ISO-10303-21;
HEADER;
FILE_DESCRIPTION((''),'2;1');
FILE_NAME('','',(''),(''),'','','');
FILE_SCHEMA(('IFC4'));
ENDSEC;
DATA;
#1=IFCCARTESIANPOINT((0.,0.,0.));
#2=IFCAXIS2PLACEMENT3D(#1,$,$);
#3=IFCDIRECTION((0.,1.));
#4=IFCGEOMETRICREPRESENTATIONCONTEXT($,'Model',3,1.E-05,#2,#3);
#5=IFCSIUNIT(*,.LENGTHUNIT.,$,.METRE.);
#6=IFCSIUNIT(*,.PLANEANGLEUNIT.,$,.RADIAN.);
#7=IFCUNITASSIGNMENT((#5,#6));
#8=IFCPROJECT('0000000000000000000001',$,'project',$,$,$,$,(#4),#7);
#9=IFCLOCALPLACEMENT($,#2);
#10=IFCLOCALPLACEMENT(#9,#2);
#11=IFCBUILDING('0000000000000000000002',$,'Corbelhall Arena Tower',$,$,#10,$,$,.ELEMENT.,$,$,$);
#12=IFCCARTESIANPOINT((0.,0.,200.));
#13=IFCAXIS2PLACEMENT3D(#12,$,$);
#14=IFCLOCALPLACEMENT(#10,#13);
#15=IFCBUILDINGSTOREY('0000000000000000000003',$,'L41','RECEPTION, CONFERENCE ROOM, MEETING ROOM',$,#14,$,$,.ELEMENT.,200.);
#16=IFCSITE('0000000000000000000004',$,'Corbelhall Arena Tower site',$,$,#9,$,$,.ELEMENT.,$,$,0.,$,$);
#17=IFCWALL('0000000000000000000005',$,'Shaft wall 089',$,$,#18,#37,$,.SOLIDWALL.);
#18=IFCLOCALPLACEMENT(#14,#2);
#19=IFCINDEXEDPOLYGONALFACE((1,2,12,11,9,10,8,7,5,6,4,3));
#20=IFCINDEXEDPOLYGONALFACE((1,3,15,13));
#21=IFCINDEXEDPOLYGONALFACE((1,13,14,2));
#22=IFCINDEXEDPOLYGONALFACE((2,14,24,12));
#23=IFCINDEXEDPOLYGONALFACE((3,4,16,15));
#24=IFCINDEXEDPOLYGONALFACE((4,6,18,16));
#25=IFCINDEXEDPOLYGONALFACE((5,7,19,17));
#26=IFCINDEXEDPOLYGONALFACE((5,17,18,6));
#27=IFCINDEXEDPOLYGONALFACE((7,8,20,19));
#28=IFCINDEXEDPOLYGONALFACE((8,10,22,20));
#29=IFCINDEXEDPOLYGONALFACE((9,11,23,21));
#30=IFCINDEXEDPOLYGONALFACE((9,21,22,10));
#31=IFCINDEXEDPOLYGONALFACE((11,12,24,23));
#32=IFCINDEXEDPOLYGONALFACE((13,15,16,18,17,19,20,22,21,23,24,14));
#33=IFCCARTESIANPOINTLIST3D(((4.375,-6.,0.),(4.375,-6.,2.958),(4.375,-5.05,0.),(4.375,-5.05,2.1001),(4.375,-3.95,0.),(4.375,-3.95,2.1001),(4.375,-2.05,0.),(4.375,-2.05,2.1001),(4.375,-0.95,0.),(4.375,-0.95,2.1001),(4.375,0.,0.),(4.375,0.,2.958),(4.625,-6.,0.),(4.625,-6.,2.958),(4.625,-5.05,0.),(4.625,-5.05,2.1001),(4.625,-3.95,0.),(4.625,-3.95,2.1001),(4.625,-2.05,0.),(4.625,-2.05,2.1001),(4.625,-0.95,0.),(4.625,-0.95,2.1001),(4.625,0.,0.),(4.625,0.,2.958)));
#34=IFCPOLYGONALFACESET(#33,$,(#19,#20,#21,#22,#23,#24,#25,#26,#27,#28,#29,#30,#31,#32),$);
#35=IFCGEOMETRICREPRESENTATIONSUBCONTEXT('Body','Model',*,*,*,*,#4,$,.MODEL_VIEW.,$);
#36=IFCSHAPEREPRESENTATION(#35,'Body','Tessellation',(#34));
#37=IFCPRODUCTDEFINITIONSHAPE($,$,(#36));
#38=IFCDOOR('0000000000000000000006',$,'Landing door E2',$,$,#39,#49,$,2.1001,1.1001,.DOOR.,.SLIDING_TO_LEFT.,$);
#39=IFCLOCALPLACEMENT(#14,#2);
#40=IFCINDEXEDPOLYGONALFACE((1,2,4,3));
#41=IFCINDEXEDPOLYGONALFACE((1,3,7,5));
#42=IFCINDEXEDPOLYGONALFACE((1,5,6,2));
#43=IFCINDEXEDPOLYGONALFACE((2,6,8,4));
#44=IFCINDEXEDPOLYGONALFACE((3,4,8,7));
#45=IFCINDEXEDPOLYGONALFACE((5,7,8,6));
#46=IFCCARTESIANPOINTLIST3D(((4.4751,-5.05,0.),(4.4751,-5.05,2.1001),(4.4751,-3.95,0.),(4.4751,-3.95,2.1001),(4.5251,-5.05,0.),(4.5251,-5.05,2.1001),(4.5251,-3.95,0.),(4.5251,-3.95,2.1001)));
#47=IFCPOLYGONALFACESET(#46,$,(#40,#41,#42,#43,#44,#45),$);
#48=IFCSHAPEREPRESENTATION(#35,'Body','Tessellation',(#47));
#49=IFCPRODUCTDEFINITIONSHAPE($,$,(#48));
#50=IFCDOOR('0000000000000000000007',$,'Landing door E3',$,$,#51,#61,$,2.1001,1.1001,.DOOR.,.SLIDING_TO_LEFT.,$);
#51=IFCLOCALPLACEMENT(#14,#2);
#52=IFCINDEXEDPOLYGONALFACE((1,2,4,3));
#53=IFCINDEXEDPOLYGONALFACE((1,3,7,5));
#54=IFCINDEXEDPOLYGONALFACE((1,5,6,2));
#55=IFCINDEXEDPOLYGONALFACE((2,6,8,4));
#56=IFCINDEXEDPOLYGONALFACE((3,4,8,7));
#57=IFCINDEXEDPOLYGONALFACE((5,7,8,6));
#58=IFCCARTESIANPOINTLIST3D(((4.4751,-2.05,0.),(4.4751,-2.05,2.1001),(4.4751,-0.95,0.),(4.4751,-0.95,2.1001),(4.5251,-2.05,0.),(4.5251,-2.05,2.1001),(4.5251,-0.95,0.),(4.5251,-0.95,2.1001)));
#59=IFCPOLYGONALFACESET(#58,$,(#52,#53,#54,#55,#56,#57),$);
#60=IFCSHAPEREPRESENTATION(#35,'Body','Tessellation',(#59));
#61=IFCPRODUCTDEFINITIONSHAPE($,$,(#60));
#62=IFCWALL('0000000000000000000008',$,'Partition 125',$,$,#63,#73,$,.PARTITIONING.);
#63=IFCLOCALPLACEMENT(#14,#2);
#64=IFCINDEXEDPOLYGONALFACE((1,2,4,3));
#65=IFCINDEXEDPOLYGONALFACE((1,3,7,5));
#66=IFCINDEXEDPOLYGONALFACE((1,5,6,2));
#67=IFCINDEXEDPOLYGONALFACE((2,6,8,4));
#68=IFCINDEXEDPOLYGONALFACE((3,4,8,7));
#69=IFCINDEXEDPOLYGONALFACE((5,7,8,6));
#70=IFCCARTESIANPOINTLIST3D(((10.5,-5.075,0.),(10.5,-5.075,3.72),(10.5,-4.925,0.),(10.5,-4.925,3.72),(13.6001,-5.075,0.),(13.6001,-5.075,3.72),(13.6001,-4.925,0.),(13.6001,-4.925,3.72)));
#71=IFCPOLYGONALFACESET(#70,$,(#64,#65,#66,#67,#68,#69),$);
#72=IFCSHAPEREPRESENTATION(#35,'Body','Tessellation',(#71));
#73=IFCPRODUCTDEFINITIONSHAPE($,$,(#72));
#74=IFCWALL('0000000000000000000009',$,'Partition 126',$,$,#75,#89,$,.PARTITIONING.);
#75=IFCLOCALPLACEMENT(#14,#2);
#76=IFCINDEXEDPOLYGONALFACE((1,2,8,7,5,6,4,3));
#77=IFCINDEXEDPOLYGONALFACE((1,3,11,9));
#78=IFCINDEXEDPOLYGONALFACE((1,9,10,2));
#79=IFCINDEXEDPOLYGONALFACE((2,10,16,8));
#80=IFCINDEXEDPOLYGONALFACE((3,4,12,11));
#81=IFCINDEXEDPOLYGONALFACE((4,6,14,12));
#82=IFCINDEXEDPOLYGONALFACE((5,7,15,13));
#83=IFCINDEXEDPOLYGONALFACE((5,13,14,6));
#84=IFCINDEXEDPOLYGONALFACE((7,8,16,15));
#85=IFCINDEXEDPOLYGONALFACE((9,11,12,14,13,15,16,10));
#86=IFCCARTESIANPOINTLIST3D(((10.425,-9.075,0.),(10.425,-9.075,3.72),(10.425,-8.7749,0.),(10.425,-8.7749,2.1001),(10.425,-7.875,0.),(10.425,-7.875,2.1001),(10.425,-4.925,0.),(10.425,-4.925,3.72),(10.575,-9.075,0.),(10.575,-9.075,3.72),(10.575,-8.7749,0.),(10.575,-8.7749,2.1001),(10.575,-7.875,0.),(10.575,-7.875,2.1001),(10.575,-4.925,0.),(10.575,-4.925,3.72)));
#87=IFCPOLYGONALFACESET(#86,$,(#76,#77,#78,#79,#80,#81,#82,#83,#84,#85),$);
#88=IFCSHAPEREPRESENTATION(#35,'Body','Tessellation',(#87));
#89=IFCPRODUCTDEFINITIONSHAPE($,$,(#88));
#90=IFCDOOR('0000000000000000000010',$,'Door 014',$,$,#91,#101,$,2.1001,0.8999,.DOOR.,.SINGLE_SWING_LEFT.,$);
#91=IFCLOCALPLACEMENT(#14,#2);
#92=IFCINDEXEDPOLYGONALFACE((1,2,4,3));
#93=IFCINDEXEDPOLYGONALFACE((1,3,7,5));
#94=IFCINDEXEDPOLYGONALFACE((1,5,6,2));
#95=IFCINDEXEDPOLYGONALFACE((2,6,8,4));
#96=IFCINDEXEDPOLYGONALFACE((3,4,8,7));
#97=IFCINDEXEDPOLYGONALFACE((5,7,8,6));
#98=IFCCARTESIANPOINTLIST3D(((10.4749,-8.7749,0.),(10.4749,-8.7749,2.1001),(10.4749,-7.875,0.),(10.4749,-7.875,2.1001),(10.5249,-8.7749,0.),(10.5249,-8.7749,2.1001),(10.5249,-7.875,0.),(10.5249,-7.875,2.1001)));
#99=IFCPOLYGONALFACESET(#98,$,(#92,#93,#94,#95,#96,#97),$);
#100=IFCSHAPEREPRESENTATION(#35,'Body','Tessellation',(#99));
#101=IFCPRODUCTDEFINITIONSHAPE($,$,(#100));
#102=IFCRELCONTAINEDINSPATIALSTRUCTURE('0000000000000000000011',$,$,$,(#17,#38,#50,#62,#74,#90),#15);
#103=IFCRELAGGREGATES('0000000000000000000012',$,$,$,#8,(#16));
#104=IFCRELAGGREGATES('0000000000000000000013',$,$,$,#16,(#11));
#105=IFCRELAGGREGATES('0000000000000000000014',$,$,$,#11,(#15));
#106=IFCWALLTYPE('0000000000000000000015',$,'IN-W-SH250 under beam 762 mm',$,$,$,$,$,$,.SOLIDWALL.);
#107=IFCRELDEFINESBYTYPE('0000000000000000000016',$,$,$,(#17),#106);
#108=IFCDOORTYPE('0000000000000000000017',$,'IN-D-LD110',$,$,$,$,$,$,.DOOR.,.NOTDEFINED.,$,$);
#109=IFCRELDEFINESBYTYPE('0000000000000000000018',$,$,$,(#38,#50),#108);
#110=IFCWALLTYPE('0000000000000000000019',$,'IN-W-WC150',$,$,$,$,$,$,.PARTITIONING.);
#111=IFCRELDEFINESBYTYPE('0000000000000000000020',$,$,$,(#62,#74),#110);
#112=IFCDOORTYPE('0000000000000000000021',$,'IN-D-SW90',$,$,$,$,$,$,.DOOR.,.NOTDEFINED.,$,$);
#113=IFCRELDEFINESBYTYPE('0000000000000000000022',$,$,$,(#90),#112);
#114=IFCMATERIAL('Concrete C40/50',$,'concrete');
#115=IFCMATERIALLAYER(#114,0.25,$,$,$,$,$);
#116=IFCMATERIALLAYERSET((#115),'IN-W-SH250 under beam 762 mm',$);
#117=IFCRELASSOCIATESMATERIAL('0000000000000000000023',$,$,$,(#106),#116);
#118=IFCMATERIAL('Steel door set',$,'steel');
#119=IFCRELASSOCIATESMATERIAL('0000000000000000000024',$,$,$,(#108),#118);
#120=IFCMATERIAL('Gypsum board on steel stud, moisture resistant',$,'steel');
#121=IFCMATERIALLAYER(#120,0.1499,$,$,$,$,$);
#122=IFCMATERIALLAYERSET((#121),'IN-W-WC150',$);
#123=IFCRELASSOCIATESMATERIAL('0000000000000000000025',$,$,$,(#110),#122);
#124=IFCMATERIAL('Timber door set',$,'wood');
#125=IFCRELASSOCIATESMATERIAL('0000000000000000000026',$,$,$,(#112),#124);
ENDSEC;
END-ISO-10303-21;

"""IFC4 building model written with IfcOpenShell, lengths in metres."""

from ifc_helpers import new_model, si_unit, direction, frame, frame_2d, origin, place, context, subcontext, project, spatial, rectangle, extrude, material, layer, layer_set, type_object, element, fill, save


model = new_model("IFC4")

# Units and contexts
model_context = context("Model", 3, precision=1e-05, world=origin(), true_north=direction((0.0, 1.0)))
body_context = subcontext(model_context, "Body", "Model", "MODEL_VIEW")
ifc_project = project(units=[si_unit("LENGTHUNIT", "METRE"), si_unit("PLANEANGLEUNIT", "RADIAN")], contexts=[model_context])

# Site, building, storey
site_placement = place(None, origin())
site = spatial("IfcSite", under=ifc_project, at=site_placement, Name="Corbelhall Arena Tower site", CompositionType="ELEMENT", RefElevation=0.0)
building_placement = place(site_placement, origin())
building = spatial("IfcBuilding", under=site, at=building_placement, Name="Corbelhall Arena Tower", CompositionType="ELEMENT")
storey_placement = place(building_placement, frame((0.0, 0.0, 200.0)))
storey = spatial("IfcBuildingStorey", under=building, at=storey_placement, Name="L41", Description="RECEPTION, CONFERENCE ROOM, MEETING ROOM", CompositionType="ELEMENT", Elevation=200.0)

# Shared definitions
ifc_material_1 = material(Name="Steel door set", Category="steel")

# Shared definitions
ifc_material_2 = material(Name="Concrete C40/50", Category="concrete")

# Wall, openings, doors
ifc_layer_1 = layer(ifc_material_2, 0.25)
ifc_layer_set_1 = layer_set([ifc_layer_1], Name="IN-W-SH250 under beam 762 mm")
wall_type_1 = type_object("IfcWallType", Name="IN-W-SH250 under beam 762 mm", PredefinedType="SOLIDWALL", material=ifc_layer_set_1)
wall_1_placement = place(storey_placement, frame((4.5, -6.0, 0.0), z_axis=(0.0, 0.0, 1.0), x_axis=(0.0, 1.0, 0.0)))
wall_1 = element("IfcWall", 1, at=wall_1_placement, inside=storey, type_object=wall_type_1, Name="Shaft wall 089", PredefinedType="SOLIDWALL", context=body_context, shape_type="SweptSolid", body=[
    extrude(rectangle(XDim=6.0, YDim=0.25, at=frame_2d((3.0, 0.0))), origin(), (0.0, 0.0, 1.0), 2.958),
])
opening_1_placement = place(wall_1_placement, frame((0.95, 0.0, 0.0)))
opening_1 = element("IfcOpeningElement", 2, at=opening_1_placement, cuts=wall_1, PredefinedType="OPENING", context=body_context, shape_type="SweptSolid", body=[
    extrude(rectangle(XDim=1.1001, YDim=2.1001, at=frame_2d((0.55, 1.05))), frame((0.0, 0.125, 0.0), z_axis=(0.0, -1.0, 0.0), x_axis=(1.0, 0.0, 0.0)), (0.0, 0.0, 1.0), 0.25),
])
opening_2_placement = place(wall_1_placement, frame((3.95, 0.0, 0.0)))
opening_2 = element("IfcOpeningElement", 3, at=opening_2_placement, cuts=wall_1, PredefinedType="OPENING", context=body_context, shape_type="SweptSolid", body=[
    extrude(rectangle(XDim=1.1001, YDim=2.1001, at=frame_2d((0.55, 1.05))), frame((0.0, 0.125, 0.0), z_axis=(0.0, -1.0, 0.0), x_axis=(1.0, 0.0, 0.0)), (0.0, 0.0, 1.0), 0.25),
])
door_type_1 = type_object("IfcDoorType", Name="IN-D-LD110", OperationType="NOTDEFINED", PredefinedType="DOOR", material=ifc_material_1)
door_1_placement = place(opening_1_placement, origin())
door_1 = element("IfcDoor", 4, at=door_1_placement, inside=storey, type_object=door_type_1, Name="Landing door E2", OperationType="SLIDING_TO_LEFT", OverallHeight=2.1001, OverallWidth=1.1001, PredefinedType="DOOR", context=body_context, shape_type="SweptSolid", body=[
    extrude(rectangle(XDim=1.1001, YDim=2.1001, at=frame_2d((0.55, 1.05))), frame((0.0, 0.0249, 0.0), z_axis=(0.0, -1.0, 0.0), x_axis=(1.0, 0.0, 0.0)), (0.0, 0.0, 1.0), 0.05),
])
fill(opening_1, door_1)
door_2_placement = place(opening_2_placement, origin())
door_2 = element("IfcDoor", 5, at=door_2_placement, inside=storey, type_object=door_type_1, Name="Landing door E3", OperationType="SLIDING_TO_LEFT", OverallHeight=2.1001, OverallWidth=1.1001, PredefinedType="DOOR", context=body_context, shape_type="SweptSolid", body=[
    extrude(rectangle(XDim=1.1001, YDim=2.1001, at=frame_2d((0.55, 1.05))), frame((0.0, 0.0249, 0.0), z_axis=(0.0, -1.0, 0.0), x_axis=(1.0, 0.0, 0.0)), (0.0, 0.0, 1.0), 0.05),
])
fill(opening_2, door_2)

# Wall
ifc_material_3 = material(Name="Gypsum board on steel stud, moisture resistant", Category="steel")
ifc_layer_2 = layer(ifc_material_3, 0.1499)
ifc_layer_set_2 = layer_set([ifc_layer_2], Name="IN-W-WC150")
wall_type_2 = type_object("IfcWallType", Name="IN-W-WC150", PredefinedType="PARTITIONING", material=ifc_layer_set_2)
wall_2_placement = place(storey_placement, frame((10.5, -5.0, 0.0), z_axis=(0.0, 0.0, 1.0), x_axis=(1.0, 0.0, 0.0)))
element("IfcWall", 6, at=wall_2_placement, inside=storey, type_object=wall_type_2, Name="Partition 125", PredefinedType="PARTITIONING", context=body_context, shape_type="SweptSolid", body=[
    extrude(rectangle(XDim=3.1001, YDim=0.1499, at=frame_2d((1.55, 0.0))), origin(), (0.0, 0.0, 1.0), 3.72),
])

# Wall, opening, door
wall_3_placement = place(storey_placement, frame((10.5, -4.925, 0.0), z_axis=(0.0, 0.0, 1.0), x_axis=(0.0, -1.0, 0.0)))
wall_3 = element("IfcWall", 7, at=wall_3_placement, inside=storey, type_object=wall_type_2, Name="Partition 126", PredefinedType="PARTITIONING", context=body_context, shape_type="SweptSolid", body=[
    extrude(rectangle(XDim=4.1499, YDim=0.1499, at=frame_2d((2.075, 0.0))), origin(), (0.0, 0.0, 1.0), 3.72),
])
opening_3_placement = place(wall_3_placement, frame((2.95, 0.0, 0.0)))
opening_3 = element("IfcOpeningElement", 8, at=opening_3_placement, cuts=wall_3, PredefinedType="OPENING", context=body_context, shape_type="SweptSolid", body=[
    extrude(rectangle(XDim=0.8999, YDim=2.1001, at=frame_2d((0.45, 1.05))), frame((0.0, 0.075, 0.0), z_axis=(0.0, -1.0, 0.0), x_axis=(1.0, 0.0, 0.0)), (0.0, 0.0, 1.0), 0.1499),
])
ifc_material_4 = material(Name="Timber door set", Category="wood")
door_type_2 = type_object("IfcDoorType", Name="IN-D-SW90", OperationType="NOTDEFINED", PredefinedType="DOOR", material=ifc_material_4)
door_3_placement = place(opening_3_placement, origin())
door_3 = element("IfcDoor", 9, at=door_3_placement, inside=storey, type_object=door_type_2, Name="Door 014", OperationType="SINGLE_SWING_LEFT", OverallHeight=2.1001, OverallWidth=0.8999, PredefinedType="DOOR", context=body_context, shape_type="SweptSolid", body=[
    extrude(rectangle(XDim=0.8999, YDim=2.1001, at=frame_2d((0.45, 1.05))), frame((0.0, 0.0249, 0.0), z_axis=(0.0, -1.0, 0.0), x_axis=(1.0, 0.0, 0.0)), (0.0, 0.0, 1.0), 0.05),
])
fill(opening_3, door_3)

save(model, "model.ifc")
